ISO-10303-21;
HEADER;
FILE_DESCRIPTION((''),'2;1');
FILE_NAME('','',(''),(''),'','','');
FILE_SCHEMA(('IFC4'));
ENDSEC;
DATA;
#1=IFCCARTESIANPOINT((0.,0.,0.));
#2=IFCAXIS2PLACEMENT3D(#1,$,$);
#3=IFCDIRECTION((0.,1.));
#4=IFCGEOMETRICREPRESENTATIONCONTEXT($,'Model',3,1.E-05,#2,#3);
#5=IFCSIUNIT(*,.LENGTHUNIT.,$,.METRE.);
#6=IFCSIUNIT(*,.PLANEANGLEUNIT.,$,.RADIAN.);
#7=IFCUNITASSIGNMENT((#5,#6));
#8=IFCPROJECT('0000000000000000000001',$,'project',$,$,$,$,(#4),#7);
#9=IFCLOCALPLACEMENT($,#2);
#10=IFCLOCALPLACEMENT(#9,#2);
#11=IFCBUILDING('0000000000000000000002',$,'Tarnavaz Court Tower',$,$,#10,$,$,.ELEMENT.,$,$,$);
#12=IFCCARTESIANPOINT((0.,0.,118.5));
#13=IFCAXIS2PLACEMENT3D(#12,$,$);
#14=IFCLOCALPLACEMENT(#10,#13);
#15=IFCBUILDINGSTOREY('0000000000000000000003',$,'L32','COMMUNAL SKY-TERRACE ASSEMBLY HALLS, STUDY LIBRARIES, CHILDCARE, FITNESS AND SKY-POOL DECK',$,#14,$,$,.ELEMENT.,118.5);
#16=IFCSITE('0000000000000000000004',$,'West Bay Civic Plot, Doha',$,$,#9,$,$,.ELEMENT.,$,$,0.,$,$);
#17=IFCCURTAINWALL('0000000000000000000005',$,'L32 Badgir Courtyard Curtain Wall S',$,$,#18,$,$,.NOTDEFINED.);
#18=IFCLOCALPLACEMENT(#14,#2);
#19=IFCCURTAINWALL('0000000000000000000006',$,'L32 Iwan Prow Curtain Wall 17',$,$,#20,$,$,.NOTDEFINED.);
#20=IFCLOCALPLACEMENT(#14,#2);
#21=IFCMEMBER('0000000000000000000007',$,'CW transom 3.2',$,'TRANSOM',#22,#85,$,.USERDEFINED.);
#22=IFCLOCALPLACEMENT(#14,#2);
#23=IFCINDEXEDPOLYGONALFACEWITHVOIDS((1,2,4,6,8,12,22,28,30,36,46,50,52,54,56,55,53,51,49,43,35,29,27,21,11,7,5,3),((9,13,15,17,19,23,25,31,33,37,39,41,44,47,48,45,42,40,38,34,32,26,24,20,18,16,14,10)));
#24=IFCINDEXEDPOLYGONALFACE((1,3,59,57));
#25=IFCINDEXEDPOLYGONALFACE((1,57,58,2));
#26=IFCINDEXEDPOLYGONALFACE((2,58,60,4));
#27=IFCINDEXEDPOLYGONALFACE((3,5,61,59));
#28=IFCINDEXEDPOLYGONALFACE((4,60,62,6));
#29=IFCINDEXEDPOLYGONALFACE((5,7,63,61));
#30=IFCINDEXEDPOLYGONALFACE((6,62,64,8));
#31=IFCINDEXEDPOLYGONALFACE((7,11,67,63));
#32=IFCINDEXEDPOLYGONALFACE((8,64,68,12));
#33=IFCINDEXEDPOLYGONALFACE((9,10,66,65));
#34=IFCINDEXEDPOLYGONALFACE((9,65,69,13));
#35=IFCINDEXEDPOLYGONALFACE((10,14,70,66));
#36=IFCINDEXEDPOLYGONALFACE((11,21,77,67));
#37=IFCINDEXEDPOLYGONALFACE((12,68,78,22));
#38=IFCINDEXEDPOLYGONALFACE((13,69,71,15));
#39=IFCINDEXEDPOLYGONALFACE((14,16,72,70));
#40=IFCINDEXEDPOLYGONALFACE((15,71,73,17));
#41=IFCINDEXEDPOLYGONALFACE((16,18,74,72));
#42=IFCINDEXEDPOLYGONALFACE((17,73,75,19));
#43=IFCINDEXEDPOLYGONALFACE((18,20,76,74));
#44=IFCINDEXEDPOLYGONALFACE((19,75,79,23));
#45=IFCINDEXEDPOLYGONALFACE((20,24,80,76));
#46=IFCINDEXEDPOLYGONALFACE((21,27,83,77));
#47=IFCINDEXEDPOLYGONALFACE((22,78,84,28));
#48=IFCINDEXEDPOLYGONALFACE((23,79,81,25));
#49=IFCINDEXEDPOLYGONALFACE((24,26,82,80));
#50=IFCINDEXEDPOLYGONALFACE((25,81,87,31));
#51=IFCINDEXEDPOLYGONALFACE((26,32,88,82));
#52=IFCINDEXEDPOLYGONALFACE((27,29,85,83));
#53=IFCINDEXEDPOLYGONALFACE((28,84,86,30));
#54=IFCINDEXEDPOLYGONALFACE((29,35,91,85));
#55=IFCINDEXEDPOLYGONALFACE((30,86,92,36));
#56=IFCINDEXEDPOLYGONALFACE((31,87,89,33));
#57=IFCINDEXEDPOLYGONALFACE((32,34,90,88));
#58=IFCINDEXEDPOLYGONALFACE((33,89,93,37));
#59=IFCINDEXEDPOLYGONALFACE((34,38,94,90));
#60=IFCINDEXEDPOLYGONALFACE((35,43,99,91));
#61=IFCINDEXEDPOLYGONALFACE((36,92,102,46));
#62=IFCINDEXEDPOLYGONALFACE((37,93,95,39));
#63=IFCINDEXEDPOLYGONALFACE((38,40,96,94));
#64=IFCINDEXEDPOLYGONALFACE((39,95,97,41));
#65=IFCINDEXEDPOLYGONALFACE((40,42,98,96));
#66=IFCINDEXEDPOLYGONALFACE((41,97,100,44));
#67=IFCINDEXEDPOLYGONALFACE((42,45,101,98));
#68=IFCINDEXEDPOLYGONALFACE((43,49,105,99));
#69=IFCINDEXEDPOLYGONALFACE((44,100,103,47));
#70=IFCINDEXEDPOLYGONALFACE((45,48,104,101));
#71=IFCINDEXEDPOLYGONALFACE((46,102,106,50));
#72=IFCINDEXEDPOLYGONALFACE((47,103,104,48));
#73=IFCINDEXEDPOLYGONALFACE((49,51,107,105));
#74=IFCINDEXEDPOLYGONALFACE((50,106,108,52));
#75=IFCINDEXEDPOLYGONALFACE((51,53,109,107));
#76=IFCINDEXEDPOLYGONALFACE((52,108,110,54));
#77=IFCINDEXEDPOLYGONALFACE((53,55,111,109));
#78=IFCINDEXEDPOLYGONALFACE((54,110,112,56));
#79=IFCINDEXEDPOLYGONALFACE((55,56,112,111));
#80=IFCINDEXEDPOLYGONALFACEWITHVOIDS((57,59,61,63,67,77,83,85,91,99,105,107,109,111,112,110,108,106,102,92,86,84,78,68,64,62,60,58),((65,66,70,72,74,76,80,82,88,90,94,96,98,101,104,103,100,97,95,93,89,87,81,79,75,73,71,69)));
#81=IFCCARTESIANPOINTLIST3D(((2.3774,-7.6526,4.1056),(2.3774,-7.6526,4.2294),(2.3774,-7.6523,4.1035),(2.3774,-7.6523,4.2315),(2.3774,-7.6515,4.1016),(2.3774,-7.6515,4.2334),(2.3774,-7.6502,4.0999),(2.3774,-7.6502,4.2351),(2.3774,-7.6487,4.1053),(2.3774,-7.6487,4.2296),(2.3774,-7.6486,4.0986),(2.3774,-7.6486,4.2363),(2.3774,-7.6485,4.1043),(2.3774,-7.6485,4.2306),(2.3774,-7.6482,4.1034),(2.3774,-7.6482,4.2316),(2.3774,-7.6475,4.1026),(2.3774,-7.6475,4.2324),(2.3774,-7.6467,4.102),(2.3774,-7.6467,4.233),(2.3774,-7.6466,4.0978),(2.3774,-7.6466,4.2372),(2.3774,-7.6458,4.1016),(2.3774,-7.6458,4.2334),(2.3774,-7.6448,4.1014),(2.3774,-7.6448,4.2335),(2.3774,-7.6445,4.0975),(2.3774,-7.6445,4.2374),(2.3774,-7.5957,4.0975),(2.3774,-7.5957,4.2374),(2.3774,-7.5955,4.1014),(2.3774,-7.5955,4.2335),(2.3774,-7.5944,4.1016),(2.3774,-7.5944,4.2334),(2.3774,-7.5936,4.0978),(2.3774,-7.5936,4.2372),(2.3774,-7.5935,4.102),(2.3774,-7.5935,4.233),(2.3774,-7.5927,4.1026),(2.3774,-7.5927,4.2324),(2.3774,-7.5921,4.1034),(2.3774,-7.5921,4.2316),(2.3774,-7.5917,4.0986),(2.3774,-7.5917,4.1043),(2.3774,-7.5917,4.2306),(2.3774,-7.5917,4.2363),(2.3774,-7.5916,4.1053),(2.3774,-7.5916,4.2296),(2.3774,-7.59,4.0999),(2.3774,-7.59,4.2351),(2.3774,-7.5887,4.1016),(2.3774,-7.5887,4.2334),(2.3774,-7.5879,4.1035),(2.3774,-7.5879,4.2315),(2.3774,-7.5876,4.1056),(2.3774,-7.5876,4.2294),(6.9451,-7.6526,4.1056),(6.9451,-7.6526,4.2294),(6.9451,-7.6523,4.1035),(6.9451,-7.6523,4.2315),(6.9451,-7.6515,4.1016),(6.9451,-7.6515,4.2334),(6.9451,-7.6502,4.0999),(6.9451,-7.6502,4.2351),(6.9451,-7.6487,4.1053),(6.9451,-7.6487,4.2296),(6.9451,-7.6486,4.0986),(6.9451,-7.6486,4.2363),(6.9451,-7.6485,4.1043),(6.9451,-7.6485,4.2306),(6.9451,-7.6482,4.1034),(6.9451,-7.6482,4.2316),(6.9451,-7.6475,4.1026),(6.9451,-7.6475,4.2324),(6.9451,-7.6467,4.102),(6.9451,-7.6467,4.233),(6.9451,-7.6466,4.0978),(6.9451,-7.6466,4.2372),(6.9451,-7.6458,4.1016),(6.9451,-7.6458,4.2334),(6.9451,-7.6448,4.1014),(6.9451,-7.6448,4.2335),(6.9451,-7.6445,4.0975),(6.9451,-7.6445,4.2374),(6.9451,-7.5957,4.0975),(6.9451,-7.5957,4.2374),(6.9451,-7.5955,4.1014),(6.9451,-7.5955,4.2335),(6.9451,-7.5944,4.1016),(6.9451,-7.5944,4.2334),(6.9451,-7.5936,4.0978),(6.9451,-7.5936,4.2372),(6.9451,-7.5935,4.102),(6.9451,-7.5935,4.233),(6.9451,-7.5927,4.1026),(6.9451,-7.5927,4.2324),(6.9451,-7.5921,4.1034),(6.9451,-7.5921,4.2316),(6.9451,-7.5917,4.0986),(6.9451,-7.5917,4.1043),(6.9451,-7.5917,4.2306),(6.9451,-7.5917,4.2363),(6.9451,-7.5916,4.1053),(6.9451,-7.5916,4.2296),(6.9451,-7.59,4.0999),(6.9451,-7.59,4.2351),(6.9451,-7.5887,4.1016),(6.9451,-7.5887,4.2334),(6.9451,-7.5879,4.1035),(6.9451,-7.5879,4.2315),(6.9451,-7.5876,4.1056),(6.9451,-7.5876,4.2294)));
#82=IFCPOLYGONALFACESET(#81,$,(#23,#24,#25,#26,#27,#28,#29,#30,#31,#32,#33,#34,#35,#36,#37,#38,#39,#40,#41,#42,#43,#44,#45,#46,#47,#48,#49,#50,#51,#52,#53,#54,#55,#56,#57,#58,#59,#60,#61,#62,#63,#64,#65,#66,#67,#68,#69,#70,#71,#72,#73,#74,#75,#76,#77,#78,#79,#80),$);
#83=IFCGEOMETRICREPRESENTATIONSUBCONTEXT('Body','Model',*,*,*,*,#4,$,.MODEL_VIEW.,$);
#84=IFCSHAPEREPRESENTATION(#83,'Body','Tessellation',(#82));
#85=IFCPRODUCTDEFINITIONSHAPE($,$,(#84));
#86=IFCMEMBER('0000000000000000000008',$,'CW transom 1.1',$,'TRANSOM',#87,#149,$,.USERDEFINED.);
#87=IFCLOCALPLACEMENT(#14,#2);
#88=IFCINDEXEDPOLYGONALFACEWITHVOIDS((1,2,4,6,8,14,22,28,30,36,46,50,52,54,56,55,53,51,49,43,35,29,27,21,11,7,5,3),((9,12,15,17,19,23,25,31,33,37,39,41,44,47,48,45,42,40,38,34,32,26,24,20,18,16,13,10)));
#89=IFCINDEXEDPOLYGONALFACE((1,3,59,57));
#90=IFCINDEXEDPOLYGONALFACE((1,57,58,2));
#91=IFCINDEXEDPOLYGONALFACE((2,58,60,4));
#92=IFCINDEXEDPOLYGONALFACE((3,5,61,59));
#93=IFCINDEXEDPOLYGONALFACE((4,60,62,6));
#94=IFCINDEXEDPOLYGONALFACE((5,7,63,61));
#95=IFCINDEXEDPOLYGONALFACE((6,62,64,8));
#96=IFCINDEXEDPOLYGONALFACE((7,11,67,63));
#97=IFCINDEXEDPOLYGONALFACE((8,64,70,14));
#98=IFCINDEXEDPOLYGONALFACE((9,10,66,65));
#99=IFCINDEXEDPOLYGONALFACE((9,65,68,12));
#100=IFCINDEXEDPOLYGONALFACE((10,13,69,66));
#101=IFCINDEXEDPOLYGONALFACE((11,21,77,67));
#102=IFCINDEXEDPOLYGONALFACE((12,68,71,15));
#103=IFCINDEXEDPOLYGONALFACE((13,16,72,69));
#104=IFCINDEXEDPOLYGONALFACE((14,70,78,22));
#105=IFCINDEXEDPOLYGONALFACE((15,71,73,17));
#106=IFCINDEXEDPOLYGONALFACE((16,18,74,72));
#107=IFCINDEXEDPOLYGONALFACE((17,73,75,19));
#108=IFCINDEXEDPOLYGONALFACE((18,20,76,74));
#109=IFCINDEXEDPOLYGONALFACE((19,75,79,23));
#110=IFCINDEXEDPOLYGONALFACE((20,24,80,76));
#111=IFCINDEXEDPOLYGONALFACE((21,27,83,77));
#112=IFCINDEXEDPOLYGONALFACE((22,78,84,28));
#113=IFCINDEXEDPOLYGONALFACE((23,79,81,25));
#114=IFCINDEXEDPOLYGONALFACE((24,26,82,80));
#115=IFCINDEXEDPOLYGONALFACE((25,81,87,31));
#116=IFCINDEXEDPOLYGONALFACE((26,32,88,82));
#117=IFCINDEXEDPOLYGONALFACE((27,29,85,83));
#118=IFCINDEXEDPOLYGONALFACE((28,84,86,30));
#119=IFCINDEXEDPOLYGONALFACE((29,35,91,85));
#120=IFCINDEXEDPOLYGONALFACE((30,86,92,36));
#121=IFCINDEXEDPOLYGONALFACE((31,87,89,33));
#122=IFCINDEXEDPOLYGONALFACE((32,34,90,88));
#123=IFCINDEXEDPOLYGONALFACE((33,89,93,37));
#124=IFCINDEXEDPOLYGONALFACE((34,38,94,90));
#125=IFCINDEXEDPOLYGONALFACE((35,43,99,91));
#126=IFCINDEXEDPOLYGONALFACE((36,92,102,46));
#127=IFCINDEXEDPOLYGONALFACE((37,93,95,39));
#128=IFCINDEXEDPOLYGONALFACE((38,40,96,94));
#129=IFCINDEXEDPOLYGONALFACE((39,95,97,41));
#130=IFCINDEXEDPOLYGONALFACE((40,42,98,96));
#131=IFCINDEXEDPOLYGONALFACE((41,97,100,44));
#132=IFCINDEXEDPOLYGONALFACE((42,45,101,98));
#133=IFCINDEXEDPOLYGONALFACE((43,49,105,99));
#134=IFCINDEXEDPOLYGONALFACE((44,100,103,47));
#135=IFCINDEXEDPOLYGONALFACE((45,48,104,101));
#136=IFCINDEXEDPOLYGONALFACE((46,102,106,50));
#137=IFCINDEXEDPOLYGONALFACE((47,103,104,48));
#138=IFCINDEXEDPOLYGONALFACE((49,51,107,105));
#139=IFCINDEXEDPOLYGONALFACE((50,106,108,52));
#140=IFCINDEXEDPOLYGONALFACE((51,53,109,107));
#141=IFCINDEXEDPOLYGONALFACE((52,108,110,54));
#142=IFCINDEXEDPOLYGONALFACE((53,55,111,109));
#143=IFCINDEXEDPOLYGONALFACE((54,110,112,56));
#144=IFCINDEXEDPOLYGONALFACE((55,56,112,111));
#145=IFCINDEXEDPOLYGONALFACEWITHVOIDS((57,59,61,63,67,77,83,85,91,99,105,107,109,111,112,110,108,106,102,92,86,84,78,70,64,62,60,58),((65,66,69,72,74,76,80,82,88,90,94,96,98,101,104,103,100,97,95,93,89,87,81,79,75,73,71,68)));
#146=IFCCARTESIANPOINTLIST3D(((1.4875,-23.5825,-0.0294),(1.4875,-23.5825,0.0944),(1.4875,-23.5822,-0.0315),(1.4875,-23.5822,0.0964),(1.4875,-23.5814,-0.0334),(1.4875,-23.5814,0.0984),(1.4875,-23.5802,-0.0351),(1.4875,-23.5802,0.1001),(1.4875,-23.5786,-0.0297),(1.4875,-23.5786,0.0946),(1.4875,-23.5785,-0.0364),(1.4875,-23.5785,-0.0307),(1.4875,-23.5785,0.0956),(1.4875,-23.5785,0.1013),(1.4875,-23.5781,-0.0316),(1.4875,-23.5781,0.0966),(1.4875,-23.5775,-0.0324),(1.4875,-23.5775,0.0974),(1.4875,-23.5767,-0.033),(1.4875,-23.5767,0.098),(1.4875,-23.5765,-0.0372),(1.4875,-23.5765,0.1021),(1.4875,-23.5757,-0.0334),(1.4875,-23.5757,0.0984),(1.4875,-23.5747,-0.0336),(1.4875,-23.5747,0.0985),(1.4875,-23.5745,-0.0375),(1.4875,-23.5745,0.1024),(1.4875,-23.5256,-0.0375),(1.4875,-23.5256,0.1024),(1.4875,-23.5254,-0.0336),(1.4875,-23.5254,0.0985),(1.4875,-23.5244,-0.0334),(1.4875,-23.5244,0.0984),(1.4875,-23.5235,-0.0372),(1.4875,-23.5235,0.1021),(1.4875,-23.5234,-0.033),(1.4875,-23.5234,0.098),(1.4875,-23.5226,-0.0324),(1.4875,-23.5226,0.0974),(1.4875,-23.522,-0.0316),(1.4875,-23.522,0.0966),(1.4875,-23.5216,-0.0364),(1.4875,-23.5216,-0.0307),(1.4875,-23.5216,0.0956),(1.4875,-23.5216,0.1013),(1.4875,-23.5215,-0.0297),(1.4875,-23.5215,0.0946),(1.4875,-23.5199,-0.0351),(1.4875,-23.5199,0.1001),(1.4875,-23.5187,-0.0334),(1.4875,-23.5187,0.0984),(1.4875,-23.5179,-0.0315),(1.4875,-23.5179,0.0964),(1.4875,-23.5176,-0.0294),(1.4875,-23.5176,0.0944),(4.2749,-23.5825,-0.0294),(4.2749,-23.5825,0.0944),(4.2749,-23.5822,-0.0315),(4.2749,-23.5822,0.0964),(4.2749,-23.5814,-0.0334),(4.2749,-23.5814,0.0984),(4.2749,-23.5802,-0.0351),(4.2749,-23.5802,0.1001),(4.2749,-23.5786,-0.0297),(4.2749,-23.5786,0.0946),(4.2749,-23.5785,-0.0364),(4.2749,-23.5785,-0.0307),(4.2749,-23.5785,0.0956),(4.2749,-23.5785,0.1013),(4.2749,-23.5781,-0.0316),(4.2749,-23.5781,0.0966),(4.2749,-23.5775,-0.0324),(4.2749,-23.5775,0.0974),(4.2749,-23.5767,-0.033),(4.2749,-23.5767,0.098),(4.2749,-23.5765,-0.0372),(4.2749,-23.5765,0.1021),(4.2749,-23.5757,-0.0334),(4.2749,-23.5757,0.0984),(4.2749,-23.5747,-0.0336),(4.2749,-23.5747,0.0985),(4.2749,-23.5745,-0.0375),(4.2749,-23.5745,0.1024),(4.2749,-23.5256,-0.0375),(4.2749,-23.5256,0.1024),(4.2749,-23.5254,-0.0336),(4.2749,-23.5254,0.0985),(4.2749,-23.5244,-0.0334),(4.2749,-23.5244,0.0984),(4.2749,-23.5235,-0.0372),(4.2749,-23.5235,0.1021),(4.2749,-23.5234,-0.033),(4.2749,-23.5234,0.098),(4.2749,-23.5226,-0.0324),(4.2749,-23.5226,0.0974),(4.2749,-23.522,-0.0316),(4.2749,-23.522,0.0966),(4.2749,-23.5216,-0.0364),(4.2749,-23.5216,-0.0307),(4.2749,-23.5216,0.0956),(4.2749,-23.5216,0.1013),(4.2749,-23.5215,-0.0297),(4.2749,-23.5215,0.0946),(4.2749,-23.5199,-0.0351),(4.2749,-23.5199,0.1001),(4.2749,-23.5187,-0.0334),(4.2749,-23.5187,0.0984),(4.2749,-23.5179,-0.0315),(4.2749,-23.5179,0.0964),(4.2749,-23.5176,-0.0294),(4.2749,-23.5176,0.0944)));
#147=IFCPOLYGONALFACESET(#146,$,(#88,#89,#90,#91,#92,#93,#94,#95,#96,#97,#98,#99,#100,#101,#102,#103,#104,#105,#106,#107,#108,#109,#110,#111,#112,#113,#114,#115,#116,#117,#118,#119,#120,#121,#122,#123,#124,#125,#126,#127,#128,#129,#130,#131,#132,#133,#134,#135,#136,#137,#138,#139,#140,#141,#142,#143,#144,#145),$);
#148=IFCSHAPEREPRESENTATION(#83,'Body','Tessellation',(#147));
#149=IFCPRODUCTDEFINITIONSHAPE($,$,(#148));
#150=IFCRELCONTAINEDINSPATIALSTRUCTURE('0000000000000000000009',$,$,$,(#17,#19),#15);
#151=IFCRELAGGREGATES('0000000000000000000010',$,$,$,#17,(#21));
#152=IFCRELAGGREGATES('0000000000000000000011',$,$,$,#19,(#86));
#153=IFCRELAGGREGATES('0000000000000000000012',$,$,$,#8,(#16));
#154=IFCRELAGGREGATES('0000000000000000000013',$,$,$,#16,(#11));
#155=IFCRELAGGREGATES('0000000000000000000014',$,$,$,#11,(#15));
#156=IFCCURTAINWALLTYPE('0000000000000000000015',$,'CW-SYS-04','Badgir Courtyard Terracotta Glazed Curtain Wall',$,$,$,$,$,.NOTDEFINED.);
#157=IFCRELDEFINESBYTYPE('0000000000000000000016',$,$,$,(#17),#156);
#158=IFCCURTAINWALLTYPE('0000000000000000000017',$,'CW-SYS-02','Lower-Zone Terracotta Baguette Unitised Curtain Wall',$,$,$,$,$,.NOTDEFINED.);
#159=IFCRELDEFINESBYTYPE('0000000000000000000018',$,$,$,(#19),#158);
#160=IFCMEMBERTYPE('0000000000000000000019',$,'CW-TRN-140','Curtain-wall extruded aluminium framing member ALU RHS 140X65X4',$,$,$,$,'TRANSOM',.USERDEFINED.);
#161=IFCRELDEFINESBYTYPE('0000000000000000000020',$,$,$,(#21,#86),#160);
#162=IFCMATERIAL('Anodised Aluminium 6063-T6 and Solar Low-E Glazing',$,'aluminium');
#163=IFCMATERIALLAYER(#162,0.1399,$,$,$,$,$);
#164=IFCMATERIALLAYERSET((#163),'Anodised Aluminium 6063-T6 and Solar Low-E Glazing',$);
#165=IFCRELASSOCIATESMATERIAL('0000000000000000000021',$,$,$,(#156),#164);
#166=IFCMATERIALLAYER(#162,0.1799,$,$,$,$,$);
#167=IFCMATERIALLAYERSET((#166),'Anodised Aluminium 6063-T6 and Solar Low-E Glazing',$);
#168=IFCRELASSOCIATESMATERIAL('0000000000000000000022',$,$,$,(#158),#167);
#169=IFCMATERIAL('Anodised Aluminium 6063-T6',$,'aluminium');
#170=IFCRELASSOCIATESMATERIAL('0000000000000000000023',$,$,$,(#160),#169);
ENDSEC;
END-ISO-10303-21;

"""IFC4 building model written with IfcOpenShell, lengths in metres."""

from ifc_helpers import new_model, si_unit, direction, frame, origin, origin_2d, place, context, subcontext, project, spatial, hollow_rectangle, extrude, material, layer, layer_set, material_profile, profile_set, type_object, element, aggregate, save


model = new_model("IFC4")

# Units and contexts
model_context = context("Model", 3, precision=1e-05, world=origin(), true_north=direction((0.0, 1.0)))
body_context = subcontext(model_context, "Body", "Model", "MODEL_VIEW")
ifc_project = project(units=[si_unit("LENGTHUNIT", "METRE"), si_unit("PLANEANGLEUNIT", "RADIAN")], contexts=[model_context])

# Site, building, storey
site_placement = place(None, origin())
site = spatial("IfcSite", under=ifc_project, at=site_placement, Name="West Bay Civic Plot, Doha", CompositionType="ELEMENT", RefElevation=0.0)
building_placement = place(site_placement, origin())
building = spatial("IfcBuilding", under=site, at=building_placement, Name="Tarnavaz Court Tower", CompositionType="ELEMENT")
storey_placement = place(building_placement, frame((0.0, 0.0, 118.5)))
storey = spatial("IfcBuildingStorey", under=building, at=storey_placement, Name="L32", Description="COMMUNAL SKY-TERRACE ASSEMBLY HALLS, STUDY LIBRARIES, CHILDCARE, FITNESS AND SKY-POOL DECK", CompositionType="ELEMENT", Elevation=118.5)

# Curtain wall
ifc_material_1 = material(Name="Anodised Aluminium 6063-T6 and Solar Low-E Glazing", Category="aluminium")
ifc_layer_1 = layer(ifc_material_1, 0.1399)
ifc_layer_set_1 = layer_set([ifc_layer_1], Name="Anodised Aluminium 6063-T6 and Solar Low-E Glazing")
curtain_wall_type_1 = type_object("IfcCurtainWallType", Name="CW-SYS-04", Description="Badgir Courtyard Terracotta Glazed Curtain Wall", PredefinedType="NOTDEFINED", material=ifc_layer_set_1)
curtain_wall_1_placement = place(storey_placement, origin())
curtain_wall_1 = element("IfcCurtainWall", 1, at=curtain_wall_1_placement, inside=storey, type_object=curtain_wall_type_1, Name="L32 Badgir Courtyard Curtain Wall S", PredefinedType="NOTDEFINED")
ifc_material_2 = material(Name="Anodised Aluminium 6063-T6", Category="aluminium")

# Curtain wall
ifc_layer_2 = layer(ifc_material_1, 0.1799)
ifc_layer_set_2 = layer_set([ifc_layer_2], Name="Anodised Aluminium 6063-T6 and Solar Low-E Glazing")
curtain_wall_type_2 = type_object("IfcCurtainWallType", Name="CW-SYS-02", Description="Lower-Zone Terracotta Baguette Unitised Curtain Wall", PredefinedType="NOTDEFINED", material=ifc_layer_set_2)
curtain_wall_2_placement = place(storey_placement, origin())
curtain_wall_2 = element("IfcCurtainWall", 2, at=curtain_wall_2_placement, inside=storey, type_object=curtain_wall_type_2, Name="L32 Iwan Prow Curtain Wall 17", PredefinedType="NOTDEFINED")

# Members
ifc_material_profile_1 = material_profile(ifc_material_2, hollow_rectangle(XDim=0.0649, YDim=0.1399, WallThickness=0.0039, InnerFilletRadius=0.0039, OuterFilletRadius=0.0081, at=origin_2d()), Name="ALU RHS 140X65X4")
ifc_profile_set_1 = profile_set([ifc_material_profile_1], Name="Anodised Aluminium 6063-T6")
member_type_1 = type_object("IfcMemberType", Name="CW-TRN-140", Description="Curtain-wall extruded aluminium framing member ALU RHS 140X65X4", ElementType="TRANSOM", PredefinedType="USERDEFINED", material=ifc_profile_set_1)
member_1_placement = place(storey_placement, frame((2.3774, -7.6201, 4.1675), z_axis=(1.0, 0.0, 0.0), x_axis=(0.0, 1.0, 0.0)))
member_1 = element("IfcMember", 3, at=member_1_placement, type_object=member_type_1, Name="CW transom 3.2", ObjectType="TRANSOM", PredefinedType="USERDEFINED", context=body_context, shape_type="SweptSolid", body=[
    extrude(hollow_rectangle(XDim=0.0649, YDim=0.1399, WallThickness=0.0039, InnerFilletRadius=0.0039, OuterFilletRadius=0.0081, at=origin_2d()), origin(), (0.0, 0.0, 1.0), 4.5676),
])
member_2_placement = place(storey_placement, frame((4.2749, -23.55, 0.0325), z_axis=(-1.0, 0.0, 0.0), x_axis=(0.0, -1.0, 0.0)))
member_2 = element("IfcMember", 4, at=member_2_placement, type_object=member_type_1, Name="CW transom 1.1", ObjectType="TRANSOM", PredefinedType="USERDEFINED", context=body_context, shape_type="SweptSolid", body=[
    extrude(hollow_rectangle(XDim=0.0649, YDim=0.1399, WallThickness=0.0039, InnerFilletRadius=0.0039, OuterFilletRadius=0.0081, at=origin_2d()), origin(), (0.0, 0.0, 1.0), 2.7874),
])

aggregate(curtain_wall_1, [member_1])
aggregate(curtain_wall_2, [member_2])

save(model, "model.ifc")
